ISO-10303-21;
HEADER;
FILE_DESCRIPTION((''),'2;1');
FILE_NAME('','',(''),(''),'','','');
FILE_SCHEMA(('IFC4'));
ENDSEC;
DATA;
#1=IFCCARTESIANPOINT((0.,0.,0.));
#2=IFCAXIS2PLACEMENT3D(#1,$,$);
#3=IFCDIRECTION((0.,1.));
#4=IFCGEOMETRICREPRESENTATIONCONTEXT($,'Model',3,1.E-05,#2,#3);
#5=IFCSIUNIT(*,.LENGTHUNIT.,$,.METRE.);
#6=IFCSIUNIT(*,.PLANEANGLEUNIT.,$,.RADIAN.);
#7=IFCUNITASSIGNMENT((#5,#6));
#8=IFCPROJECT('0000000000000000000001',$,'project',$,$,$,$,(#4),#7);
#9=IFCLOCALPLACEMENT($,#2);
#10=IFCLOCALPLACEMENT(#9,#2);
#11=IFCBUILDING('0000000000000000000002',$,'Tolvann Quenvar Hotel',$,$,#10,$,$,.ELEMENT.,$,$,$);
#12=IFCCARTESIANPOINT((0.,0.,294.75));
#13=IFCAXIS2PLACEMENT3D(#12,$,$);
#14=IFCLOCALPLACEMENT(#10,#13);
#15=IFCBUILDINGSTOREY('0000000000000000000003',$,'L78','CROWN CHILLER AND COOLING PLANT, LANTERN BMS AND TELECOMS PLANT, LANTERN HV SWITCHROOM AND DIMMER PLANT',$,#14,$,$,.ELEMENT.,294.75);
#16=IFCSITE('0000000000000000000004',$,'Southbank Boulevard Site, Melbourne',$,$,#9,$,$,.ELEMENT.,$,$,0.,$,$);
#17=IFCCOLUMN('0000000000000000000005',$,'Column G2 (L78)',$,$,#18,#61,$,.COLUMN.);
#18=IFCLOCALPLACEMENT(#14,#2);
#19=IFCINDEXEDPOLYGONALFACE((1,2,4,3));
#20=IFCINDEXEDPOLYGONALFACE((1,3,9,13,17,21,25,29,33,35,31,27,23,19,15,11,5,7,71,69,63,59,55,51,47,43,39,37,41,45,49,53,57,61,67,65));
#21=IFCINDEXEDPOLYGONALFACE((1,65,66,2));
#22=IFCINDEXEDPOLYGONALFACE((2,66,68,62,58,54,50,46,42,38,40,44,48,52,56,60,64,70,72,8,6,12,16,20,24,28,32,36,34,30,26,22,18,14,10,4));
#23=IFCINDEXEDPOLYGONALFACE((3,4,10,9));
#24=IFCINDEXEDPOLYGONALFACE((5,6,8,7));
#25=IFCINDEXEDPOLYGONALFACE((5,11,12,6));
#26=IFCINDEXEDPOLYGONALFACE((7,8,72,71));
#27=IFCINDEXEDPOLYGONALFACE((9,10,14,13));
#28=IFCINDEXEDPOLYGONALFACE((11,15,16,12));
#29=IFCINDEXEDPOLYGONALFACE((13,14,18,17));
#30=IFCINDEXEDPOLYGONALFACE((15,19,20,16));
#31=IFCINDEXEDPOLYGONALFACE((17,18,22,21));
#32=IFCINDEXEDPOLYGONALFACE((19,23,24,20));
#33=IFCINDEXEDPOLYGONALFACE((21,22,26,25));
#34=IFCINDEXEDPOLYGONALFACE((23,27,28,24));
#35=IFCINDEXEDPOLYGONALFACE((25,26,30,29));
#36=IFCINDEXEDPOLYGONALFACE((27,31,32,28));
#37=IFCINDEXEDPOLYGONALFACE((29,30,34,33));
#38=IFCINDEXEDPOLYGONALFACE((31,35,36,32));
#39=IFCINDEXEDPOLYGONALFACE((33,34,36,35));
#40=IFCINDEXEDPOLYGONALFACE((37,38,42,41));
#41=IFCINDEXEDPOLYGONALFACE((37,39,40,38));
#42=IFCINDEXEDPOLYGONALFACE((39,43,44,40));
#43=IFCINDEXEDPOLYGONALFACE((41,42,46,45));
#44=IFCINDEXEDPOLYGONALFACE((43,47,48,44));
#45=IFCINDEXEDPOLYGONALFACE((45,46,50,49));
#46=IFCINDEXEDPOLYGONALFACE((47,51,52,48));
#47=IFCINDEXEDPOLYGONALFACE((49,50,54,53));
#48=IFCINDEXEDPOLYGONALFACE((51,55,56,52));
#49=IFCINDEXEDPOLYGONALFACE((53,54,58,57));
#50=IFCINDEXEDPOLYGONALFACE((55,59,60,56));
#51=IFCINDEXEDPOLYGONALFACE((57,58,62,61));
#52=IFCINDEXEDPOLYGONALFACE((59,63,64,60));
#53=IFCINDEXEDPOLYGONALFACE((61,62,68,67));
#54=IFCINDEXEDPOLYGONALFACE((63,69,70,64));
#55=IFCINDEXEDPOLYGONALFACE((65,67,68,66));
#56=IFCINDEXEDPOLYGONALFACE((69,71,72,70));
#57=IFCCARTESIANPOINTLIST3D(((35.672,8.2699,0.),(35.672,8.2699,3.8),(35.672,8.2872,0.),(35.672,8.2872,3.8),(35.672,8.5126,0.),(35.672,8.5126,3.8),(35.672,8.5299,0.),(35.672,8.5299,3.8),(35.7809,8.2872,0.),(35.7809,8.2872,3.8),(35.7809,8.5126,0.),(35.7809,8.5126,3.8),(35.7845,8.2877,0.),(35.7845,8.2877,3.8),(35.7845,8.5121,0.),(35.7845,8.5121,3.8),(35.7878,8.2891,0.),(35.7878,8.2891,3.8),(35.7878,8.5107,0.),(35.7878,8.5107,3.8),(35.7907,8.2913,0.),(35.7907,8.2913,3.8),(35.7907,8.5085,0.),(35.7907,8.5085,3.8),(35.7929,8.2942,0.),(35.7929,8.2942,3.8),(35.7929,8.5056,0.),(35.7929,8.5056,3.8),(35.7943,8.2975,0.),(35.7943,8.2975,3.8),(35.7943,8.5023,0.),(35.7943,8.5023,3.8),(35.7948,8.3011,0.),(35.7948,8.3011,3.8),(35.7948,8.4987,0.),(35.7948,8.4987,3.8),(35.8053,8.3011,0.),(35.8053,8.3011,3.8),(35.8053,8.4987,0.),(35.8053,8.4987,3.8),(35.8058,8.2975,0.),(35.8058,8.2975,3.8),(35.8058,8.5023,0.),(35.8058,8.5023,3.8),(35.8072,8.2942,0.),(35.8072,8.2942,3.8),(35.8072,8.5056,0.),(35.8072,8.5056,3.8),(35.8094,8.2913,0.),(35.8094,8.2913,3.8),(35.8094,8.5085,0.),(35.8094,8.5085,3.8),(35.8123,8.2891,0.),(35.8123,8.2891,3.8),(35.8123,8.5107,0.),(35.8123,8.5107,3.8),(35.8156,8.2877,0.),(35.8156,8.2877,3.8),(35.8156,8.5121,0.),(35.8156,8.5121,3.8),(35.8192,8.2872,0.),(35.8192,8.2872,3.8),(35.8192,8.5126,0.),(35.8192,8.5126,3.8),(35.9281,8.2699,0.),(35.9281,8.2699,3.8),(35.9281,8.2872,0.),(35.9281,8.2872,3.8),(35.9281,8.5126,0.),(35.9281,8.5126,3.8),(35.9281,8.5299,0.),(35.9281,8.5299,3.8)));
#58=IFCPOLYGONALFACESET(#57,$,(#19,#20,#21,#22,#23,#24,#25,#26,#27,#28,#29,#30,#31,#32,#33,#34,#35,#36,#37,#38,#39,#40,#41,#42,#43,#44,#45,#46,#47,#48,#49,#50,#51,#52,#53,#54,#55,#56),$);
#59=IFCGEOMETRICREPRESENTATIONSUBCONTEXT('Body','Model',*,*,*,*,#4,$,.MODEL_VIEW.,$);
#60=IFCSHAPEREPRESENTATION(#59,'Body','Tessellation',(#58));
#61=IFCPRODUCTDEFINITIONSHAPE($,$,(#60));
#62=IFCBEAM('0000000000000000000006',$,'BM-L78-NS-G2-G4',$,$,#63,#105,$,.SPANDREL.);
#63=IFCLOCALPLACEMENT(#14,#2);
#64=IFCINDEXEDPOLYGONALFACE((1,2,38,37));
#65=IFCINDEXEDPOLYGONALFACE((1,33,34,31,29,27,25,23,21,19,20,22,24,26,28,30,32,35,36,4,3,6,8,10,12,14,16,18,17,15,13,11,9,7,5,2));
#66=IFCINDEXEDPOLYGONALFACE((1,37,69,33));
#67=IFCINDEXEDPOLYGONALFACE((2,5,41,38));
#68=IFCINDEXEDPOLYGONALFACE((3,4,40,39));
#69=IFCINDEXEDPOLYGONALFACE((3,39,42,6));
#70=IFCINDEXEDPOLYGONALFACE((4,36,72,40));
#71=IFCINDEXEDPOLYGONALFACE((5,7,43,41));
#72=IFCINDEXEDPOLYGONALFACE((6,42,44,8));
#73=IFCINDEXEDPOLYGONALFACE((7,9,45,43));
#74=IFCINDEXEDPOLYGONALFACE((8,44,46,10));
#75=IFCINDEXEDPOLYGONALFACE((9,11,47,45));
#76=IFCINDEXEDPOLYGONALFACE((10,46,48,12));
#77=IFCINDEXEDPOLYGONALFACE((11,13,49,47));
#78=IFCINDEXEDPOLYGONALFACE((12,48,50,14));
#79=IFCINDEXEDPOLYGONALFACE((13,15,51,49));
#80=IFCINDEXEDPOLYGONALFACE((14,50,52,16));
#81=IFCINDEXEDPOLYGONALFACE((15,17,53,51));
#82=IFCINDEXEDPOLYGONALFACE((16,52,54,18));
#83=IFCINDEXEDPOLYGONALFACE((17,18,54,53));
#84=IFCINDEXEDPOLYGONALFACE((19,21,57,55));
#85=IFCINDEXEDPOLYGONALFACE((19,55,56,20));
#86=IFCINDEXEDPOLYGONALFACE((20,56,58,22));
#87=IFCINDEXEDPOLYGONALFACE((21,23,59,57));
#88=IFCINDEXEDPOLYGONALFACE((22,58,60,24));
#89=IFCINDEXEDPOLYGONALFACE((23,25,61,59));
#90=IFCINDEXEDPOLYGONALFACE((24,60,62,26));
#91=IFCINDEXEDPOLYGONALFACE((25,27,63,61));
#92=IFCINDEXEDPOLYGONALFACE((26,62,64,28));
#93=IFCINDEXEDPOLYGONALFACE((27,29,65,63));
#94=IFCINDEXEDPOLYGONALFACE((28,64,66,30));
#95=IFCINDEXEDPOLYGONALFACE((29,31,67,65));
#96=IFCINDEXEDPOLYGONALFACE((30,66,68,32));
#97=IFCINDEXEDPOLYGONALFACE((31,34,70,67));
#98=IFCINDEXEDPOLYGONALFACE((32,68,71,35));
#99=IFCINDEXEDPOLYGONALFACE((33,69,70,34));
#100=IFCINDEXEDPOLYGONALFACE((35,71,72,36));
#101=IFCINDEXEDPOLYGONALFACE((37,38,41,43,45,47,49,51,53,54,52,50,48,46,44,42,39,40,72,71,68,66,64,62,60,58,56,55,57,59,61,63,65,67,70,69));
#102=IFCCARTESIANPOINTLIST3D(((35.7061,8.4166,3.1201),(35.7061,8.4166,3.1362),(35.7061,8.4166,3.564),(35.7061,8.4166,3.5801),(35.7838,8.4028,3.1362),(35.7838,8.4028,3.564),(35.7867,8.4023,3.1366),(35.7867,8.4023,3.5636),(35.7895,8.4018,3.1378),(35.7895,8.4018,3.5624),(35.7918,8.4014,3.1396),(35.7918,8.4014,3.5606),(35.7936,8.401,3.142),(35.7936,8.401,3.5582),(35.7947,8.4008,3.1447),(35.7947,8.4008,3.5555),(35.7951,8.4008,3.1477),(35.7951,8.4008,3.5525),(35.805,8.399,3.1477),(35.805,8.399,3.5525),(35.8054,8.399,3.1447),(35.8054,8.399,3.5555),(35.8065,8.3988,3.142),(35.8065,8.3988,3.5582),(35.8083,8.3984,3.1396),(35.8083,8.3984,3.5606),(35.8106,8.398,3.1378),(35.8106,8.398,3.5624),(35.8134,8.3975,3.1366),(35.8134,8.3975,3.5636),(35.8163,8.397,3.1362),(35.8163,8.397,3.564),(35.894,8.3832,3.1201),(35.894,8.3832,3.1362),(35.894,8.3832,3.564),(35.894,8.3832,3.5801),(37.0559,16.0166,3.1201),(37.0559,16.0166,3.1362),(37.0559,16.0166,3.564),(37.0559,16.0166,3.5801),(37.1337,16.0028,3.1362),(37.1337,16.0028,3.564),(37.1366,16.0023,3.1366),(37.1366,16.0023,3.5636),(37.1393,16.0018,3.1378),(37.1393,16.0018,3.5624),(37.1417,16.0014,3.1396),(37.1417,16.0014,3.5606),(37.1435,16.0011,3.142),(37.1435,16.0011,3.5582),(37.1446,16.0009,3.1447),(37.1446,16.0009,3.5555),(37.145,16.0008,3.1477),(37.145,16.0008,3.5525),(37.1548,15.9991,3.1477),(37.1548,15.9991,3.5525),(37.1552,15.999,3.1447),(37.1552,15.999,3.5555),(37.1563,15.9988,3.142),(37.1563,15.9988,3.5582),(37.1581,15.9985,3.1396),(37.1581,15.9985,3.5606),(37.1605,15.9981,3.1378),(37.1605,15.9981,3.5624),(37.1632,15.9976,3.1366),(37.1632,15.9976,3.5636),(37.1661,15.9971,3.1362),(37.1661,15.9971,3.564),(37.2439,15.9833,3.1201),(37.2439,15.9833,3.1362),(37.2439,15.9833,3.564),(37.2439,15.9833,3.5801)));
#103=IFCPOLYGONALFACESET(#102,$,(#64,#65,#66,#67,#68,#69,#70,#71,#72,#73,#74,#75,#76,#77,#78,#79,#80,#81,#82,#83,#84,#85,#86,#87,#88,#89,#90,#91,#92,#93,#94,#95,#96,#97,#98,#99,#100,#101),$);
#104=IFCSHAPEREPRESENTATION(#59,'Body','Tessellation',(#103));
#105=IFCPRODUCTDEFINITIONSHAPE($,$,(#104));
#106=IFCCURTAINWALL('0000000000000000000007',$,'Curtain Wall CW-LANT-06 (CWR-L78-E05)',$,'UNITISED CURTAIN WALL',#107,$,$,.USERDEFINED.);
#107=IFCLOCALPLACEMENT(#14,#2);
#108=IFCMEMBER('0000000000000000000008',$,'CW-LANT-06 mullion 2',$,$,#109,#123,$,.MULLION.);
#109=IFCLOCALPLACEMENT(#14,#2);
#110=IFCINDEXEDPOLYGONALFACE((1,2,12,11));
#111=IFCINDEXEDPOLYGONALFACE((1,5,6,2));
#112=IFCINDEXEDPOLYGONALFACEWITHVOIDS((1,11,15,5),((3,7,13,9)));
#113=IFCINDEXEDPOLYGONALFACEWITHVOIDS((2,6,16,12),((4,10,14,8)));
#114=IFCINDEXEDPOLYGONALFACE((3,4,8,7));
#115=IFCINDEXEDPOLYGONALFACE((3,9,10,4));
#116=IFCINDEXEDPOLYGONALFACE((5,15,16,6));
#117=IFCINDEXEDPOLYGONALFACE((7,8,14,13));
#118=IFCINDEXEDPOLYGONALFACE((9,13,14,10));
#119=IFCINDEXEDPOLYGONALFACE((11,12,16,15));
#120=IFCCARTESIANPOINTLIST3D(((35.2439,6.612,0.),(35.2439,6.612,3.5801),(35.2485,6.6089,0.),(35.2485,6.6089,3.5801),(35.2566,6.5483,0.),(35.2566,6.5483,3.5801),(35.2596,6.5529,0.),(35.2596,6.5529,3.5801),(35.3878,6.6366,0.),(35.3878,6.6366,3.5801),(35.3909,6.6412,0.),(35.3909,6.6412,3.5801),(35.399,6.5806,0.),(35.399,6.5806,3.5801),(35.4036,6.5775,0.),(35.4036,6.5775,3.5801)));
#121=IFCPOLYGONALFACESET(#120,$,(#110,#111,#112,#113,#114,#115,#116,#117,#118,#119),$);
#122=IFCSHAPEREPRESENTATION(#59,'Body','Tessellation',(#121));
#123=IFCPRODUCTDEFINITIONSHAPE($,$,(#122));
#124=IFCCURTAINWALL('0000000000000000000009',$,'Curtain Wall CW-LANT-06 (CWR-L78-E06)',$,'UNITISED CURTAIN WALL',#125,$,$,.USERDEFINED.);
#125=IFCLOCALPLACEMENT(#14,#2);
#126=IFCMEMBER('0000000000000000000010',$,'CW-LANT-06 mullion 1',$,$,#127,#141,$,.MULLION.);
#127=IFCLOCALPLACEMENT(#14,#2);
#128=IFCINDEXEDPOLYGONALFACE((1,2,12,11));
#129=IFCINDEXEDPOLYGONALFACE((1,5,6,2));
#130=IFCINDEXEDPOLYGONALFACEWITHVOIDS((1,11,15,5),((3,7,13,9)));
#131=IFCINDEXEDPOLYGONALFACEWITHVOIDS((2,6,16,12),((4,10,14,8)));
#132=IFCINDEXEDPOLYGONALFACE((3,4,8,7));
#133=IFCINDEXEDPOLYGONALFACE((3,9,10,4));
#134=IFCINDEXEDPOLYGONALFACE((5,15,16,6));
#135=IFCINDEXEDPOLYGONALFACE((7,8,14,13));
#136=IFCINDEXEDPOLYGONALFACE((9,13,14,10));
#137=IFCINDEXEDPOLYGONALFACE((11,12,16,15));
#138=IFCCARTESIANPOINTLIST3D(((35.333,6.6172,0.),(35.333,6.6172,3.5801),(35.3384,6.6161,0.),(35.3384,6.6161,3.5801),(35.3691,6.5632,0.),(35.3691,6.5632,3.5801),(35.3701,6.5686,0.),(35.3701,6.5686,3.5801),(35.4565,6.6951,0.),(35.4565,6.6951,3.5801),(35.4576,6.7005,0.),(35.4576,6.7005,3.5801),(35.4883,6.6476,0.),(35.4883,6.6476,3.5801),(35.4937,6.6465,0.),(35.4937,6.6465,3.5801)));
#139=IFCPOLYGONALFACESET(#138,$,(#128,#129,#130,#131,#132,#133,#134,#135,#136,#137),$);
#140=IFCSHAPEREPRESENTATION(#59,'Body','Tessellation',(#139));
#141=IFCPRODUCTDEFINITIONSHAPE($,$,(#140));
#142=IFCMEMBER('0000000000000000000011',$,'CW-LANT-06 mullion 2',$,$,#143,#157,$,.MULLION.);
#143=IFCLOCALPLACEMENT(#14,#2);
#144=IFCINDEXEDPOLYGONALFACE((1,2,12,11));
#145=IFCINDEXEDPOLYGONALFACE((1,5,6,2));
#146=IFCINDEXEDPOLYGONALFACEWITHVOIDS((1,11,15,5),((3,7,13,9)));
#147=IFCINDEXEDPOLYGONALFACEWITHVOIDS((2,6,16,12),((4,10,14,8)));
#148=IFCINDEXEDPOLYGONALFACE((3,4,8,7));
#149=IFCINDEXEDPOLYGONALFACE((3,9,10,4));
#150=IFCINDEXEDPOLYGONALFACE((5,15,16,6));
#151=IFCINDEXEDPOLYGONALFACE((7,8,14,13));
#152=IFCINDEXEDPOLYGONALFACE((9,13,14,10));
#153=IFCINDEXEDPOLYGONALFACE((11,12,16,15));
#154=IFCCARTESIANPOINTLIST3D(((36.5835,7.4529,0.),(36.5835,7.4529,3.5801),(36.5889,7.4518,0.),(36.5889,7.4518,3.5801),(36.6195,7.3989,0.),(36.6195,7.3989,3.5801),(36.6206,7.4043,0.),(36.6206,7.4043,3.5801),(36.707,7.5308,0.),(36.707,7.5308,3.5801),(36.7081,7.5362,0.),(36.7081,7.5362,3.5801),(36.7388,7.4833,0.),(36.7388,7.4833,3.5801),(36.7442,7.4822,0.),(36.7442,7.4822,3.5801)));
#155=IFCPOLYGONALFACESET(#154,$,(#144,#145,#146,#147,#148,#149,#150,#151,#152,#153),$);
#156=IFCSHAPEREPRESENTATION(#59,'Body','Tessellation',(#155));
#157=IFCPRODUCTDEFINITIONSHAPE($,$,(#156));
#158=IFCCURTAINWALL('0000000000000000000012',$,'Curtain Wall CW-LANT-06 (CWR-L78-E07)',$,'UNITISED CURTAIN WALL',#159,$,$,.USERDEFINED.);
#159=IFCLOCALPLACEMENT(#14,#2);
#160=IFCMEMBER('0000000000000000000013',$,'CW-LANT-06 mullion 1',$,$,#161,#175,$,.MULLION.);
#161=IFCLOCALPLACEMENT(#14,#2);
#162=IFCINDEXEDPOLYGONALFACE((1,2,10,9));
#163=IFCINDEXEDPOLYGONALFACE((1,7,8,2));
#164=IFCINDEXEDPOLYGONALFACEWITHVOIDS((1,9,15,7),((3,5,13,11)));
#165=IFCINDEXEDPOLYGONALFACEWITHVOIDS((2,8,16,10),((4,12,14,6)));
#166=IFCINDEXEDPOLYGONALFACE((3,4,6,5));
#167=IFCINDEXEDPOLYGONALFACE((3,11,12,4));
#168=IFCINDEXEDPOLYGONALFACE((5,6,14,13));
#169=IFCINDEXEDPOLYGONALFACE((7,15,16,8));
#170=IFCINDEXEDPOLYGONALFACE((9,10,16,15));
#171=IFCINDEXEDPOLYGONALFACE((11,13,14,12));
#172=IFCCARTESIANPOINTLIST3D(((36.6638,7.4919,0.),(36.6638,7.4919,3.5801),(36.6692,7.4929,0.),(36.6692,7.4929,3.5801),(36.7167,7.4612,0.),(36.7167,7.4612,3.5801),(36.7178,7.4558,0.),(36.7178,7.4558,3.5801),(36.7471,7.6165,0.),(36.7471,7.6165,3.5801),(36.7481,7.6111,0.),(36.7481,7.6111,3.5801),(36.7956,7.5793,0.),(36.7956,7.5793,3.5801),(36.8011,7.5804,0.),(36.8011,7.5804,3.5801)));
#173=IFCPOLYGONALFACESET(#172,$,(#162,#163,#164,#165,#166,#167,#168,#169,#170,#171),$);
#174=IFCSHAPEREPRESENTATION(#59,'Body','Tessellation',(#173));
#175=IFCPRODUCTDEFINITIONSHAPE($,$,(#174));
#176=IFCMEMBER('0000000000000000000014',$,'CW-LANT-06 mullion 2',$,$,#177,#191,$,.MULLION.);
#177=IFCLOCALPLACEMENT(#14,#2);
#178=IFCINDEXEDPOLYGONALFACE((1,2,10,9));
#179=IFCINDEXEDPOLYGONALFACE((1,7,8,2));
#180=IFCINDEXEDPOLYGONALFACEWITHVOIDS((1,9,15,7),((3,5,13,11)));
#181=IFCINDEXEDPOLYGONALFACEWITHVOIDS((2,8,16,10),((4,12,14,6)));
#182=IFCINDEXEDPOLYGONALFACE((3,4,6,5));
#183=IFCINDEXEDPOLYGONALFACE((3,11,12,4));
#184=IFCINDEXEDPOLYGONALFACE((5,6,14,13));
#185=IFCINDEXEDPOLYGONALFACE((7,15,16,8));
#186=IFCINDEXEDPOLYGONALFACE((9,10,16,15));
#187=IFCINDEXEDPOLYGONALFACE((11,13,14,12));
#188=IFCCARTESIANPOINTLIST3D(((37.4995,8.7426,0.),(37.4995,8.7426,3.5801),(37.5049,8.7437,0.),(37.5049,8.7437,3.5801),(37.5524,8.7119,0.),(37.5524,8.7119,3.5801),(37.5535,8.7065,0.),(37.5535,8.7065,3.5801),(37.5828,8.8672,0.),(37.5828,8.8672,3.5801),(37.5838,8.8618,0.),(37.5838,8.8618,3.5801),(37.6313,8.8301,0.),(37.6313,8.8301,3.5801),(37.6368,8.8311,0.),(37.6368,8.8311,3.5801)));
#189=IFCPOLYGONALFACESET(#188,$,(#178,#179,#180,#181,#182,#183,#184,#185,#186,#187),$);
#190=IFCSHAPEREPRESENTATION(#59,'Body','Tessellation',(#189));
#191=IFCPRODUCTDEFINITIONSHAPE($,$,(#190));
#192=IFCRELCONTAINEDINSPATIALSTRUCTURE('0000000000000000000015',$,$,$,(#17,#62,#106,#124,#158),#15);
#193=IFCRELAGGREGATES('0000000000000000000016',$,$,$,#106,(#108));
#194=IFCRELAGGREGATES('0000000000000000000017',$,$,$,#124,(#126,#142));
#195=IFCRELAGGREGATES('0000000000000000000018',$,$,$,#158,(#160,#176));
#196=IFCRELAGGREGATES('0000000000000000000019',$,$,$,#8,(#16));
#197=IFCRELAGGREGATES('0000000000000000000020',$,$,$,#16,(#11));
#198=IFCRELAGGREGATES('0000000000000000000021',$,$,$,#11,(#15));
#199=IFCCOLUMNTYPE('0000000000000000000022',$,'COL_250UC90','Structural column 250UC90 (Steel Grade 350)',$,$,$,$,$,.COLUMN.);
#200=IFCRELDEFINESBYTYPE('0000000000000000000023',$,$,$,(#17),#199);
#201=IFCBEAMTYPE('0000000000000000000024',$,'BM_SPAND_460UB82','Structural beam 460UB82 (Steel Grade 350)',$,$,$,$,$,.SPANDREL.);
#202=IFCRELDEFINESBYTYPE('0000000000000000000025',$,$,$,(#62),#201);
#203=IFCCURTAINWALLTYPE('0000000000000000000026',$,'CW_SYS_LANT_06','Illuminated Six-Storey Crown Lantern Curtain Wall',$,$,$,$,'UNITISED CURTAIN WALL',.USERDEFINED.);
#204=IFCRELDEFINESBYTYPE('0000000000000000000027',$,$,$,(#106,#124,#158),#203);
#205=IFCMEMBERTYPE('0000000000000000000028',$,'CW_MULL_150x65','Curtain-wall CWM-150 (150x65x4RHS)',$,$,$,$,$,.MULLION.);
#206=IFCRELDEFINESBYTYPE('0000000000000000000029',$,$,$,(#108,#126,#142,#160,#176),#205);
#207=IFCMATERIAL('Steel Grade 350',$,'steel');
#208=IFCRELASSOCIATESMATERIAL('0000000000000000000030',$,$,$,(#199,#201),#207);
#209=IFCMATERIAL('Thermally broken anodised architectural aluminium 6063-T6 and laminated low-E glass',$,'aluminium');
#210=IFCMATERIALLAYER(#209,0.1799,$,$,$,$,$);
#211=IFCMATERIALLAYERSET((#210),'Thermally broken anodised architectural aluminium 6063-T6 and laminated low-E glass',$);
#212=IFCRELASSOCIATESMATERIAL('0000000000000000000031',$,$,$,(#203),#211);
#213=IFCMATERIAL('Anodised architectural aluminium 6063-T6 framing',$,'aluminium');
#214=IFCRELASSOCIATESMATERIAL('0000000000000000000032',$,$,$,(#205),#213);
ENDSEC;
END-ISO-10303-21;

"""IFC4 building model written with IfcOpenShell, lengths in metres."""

from ifc_helpers import new_model, si_unit, direction, frame, origin, origin_2d, place, context, subcontext, project, spatial, hollow_rectangle, i_section, extrude, source, transform, mapped, material, layer, layer_set, material_profile, profile_set, type_object, type_shapes, element, aggregate, save


model = new_model("IFC4")

# Units and contexts
model_context = context("Model", 3, precision=1e-05, world=origin(), true_north=direction((0.0, 1.0)))
body_context = subcontext(model_context, "Body", "Model", "MODEL_VIEW")
ifc_project = project(units=[si_unit("LENGTHUNIT", "METRE"), si_unit("PLANEANGLEUNIT", "RADIAN")], contexts=[model_context])

# Site, building, storey
site_placement = place(None, origin())
site = spatial("IfcSite", under=ifc_project, at=site_placement, Name="Southbank Boulevard Site, Melbourne", CompositionType="ELEMENT", RefElevation=0.0)
building_placement = place(site_placement, origin())
building = spatial("IfcBuilding", under=site, at=building_placement, Name="Tolvann Quenvar Hotel", CompositionType="ELEMENT")
storey_placement = place(building_placement, frame((0.0, 0.0, 294.75)))
storey = spatial("IfcBuildingStorey", under=building, at=storey_placement, Name="L78", Description="CROWN CHILLER AND COOLING PLANT, LANTERN BMS AND TELECOMS PLANT, LANTERN HV SWITCHROOM AND DIMMER PLANT", CompositionType="ELEMENT", Elevation=294.75)

# Column
ifc_material_1 = material(Name="Steel Grade 350", Category="steel")
ifc_material_profile_1 = material_profile(ifc_material_1, i_section(OverallWidth=0.2561, OverallDepth=0.26, WebThickness=0.0105, FlangeThickness=0.0173, FilletRadius=0.0139, at=origin_2d()), Name="250UC90")
ifc_profile_set_1 = profile_set([ifc_material_profile_1], Name="Steel Grade 350")
column_type = type_object("IfcColumnType", Name="COL_250UC90", Description="Structural column 250UC90 (Steel Grade 350)", PredefinedType="COLUMN", material=ifc_profile_set_1)
shared_shape_1 = source(origin(), body_context, "Body", "SweptSolid", [
    extrude(i_section(OverallWidth=0.2561, OverallDepth=0.26, WebThickness=0.0105, FlangeThickness=0.0173, FilletRadius=0.0139, at=origin_2d()), origin(), (0.0, 0.0, 1.0), 3.8),
])
type_shapes(column_type, [shared_shape_1])
column_placement = place(storey_placement, frame((35.8, 8.3999, 0.0), z_axis=(0.0, 0.0, 1.0), x_axis=(1.0, 0.0, 0.0)))
element("IfcColumn", 1, at=column_placement, inside=storey, type_object=column_type, Name="Column G2 (L78)", PredefinedType="COLUMN", context=body_context, shape_type="MappedRepresentation", body=[
    mapped(shared_shape_1, transform((0.0, 0.0, 0.0), x_axis=(1.0, 0.0, 0.0), y_axis=(0.0, 1.0, 0.0), z_axis=(0.0, 0.0, 1.0), scale=1.0)),
])

# Beam
ifc_material_profile_2 = material_profile(ifc_material_1, i_section(OverallWidth=0.1909, OverallDepth=0.46, WebThickness=0.01, FlangeThickness=0.0161, FilletRadius=0.0115, at=origin_2d()), Name="460UB82")
ifc_profile_set_2 = profile_set([ifc_material_profile_2], Name="Steel Grade 350")
beam_type = type_object("IfcBeamType", Name="BM_SPAND_460UB82", Description="Structural beam 460UB82 (Steel Grade 350)", PredefinedType="SPANDREL", material=ifc_profile_set_2)
shared_shape_2 = source(origin(), body_context, "Body", "SweptSolid", [
    extrude(i_section(OverallWidth=0.1909, OverallDepth=0.46, WebThickness=0.01, FlangeThickness=0.0161, FilletRadius=0.0115, at=origin_2d()), origin(), (0.0, 0.0, 1.0), 7.719),
])
type_shapes(beam_type, [shared_shape_2])
beam_placement = place(storey_placement, frame((35.8, 8.3999, 3.3501), z_axis=(0.174873, 0.984591, 0.0), x_axis=(-0.984591, 0.174873, 0.0)))
element("IfcBeam", 2, at=beam_placement, inside=storey, type_object=beam_type, Name="BM-L78-NS-G2-G4", PredefinedType="SPANDREL", context=body_context, shape_type="MappedRepresentation", body=[
    mapped(shared_shape_2, transform((0.0, 0.0, 0.0), x_axis=(1.0, 0.0, 0.0), y_axis=(0.0, 1.0, 0.0), z_axis=(0.0, 0.0, 1.0), scale=1.0)),
])

# Curtain wall, member
ifc_material_2 = material(Name="Thermally broken anodised architectural aluminium 6063-T6 and laminated low-E glass", Category="aluminium")
ifc_layer_1 = layer(ifc_material_2, 0.1799)
ifc_layer_set_1 = layer_set([ifc_layer_1], Name="Thermally broken anodised architectural aluminium 6063-T6 and laminated low-E glass")
curtain_wall_type = type_object("IfcCurtainWallType", Name="CW_SYS_LANT_06", Description="Illuminated Six-Storey Crown Lantern Curtain Wall", ElementType="UNITISED CURTAIN WALL", PredefinedType="USERDEFINED", material=ifc_layer_set_1)
curtain_wall_1_placement = place(storey_placement, origin())
curtain_wall_1 = element("IfcCurtainWall", 3, at=curtain_wall_1_placement, inside=storey, type_object=curtain_wall_type, Name="Curtain Wall CW-LANT-06 (CWR-L78-E05)", ObjectType="UNITISED CURTAIN WALL", PredefinedType="USERDEFINED")
ifc_material_3 = material(Name="Anodised architectural aluminium 6063-T6 framing", Category="aluminium")
ifc_material_profile_3 = material_profile(ifc_material_3, hollow_rectangle(XDim=0.0649, YDim=0.1499, WallThickness=0.0039, at=origin_2d()), Name="150x65x4RHS")
ifc_profile_set_3 = profile_set([ifc_material_profile_3], Name="Anodised architectural aluminium 6063-T6 framing")
member_type_1 = type_object("IfcMemberType", Name="CW_MULL_150x65", Description="Curtain-wall CWM-150 (150x65x4RHS)", PredefinedType="MULLION", material=ifc_profile_set_3)
shared_shape_3 = source(origin(), body_context, "Body", "SweptSolid", [
    extrude(hollow_rectangle(XDim=0.0649, YDim=0.1499, WallThickness=0.0039, at=origin_2d()), origin(), (0.0, 0.0, 1.0), 3.5801),
])
type_shapes(member_type_1, [shared_shape_3])
member_1_placement = place(storey_placement, frame((35.3237, 6.5947, 0.0), z_axis=(0.0, 0.0, 1.0), x_axis=(-0.195062, 0.980791, 0.0)))
member_1 = element("IfcMember", 4, at=member_1_placement, type_object=member_type_1, Name="CW-LANT-06 mullion 2", PredefinedType="MULLION", context=body_context, shape_type="MappedRepresentation", body=[
    mapped(shared_shape_3, transform((0.0, 0.0, 0.0), x_axis=(1.0, 0.0, 0.0), y_axis=(0.0, 1.0, 0.0), z_axis=(0.0, 0.0, 1.0), scale=1.0)),
])
aggregate(curtain_wall_1, [member_1])

# Curtain walls, members
curtain_wall_2_placement = place(storey_placement, origin())
curtain_wall_2 = element("IfcCurtainWall", 5, at=curtain_wall_2_placement, inside=storey, type_object=curtain_wall_type, Name="Curtain Wall CW-LANT-06 (CWR-L78-E06)", ObjectType="UNITISED CURTAIN WALL", PredefinedType="USERDEFINED")
member_2_placement = place(storey_placement, frame((35.4133, 6.6318, 0.0), z_axis=(0.0, 0.0, 1.0), x_axis=(-0.555656, 0.831412, 0.0)))
member_2 = element("IfcMember", 6, at=member_2_placement, type_object=member_type_1, Name="CW-LANT-06 mullion 1", PredefinedType="MULLION", context=body_context, shape_type="MappedRepresentation", body=[
    mapped(shared_shape_3, transform((0.0, 0.0, 0.0), x_axis=(1.0, 0.0, 0.0), y_axis=(0.0, 1.0, 0.0), z_axis=(0.0, 0.0, 1.0), scale=1.0)),
])
member_3_placement = place(storey_placement, frame((36.6638, 7.4675, 0.0), z_axis=(0.0, 0.0, 1.0), x_axis=(-0.555656, 0.831412, 0.0)))
member_3 = element("IfcMember", 7, at=member_3_placement, type_object=member_type_1, Name="CW-LANT-06 mullion 2", PredefinedType="MULLION", context=body_context, shape_type="MappedRepresentation", body=[
    mapped(shared_shape_3, transform((0.0, 0.0, 0.0), x_axis=(1.0, 0.0, 0.0), y_axis=(0.0, 1.0, 0.0), z_axis=(0.0, 0.0, 1.0), scale=1.0)),
])
curtain_wall_3_placement = place(storey_placement, origin())
curtain_wall_3 = element("IfcCurtainWall", 8, at=curtain_wall_3_placement, inside=storey, type_object=curtain_wall_type, Name="Curtain Wall CW-LANT-06 (CWR-L78-E07)", ObjectType="UNITISED CURTAIN WALL", PredefinedType="USERDEFINED")
member_4_placement = place(storey_placement, frame((36.7324, 7.5361, 0.0), z_axis=(0.0, 0.0, 1.0), x_axis=(-0.831412, 0.555656, 0.0)))
member_4 = element("IfcMember", 9, at=member_4_placement, type_object=member_type_1, Name="CW-LANT-06 mullion 1", PredefinedType="MULLION", context=body_context, shape_type="MappedRepresentation", body=[
    mapped(shared_shape_3, transform((0.0, 0.0, 0.0), x_axis=(1.0, 0.0, 0.0), y_axis=(0.0, 1.0, 0.0), z_axis=(0.0, 0.0, 1.0), scale=1.0)),
])
member_5_placement = place(storey_placement, frame((37.5681, 8.7869, 0.0), z_axis=(0.0, 0.0, 1.0), x_axis=(-0.831412, 0.555656, 0.0)))
member_5 = element("IfcMember", 10, at=member_5_placement, type_object=member_type_1, Name="CW-LANT-06 mullion 2", PredefinedType="MULLION", context=body_context, shape_type="MappedRepresentation", body=[
    mapped(shared_shape_3, transform((0.0, 0.0, 0.0), x_axis=(1.0, 0.0, 0.0), y_axis=(0.0, 1.0, 0.0), z_axis=(0.0, 0.0, 1.0), scale=1.0)),
])

aggregate(curtain_wall_2, [member_2, member_3])
aggregate(curtain_wall_3, [member_4, member_5])

save(model, "model.ifc")
